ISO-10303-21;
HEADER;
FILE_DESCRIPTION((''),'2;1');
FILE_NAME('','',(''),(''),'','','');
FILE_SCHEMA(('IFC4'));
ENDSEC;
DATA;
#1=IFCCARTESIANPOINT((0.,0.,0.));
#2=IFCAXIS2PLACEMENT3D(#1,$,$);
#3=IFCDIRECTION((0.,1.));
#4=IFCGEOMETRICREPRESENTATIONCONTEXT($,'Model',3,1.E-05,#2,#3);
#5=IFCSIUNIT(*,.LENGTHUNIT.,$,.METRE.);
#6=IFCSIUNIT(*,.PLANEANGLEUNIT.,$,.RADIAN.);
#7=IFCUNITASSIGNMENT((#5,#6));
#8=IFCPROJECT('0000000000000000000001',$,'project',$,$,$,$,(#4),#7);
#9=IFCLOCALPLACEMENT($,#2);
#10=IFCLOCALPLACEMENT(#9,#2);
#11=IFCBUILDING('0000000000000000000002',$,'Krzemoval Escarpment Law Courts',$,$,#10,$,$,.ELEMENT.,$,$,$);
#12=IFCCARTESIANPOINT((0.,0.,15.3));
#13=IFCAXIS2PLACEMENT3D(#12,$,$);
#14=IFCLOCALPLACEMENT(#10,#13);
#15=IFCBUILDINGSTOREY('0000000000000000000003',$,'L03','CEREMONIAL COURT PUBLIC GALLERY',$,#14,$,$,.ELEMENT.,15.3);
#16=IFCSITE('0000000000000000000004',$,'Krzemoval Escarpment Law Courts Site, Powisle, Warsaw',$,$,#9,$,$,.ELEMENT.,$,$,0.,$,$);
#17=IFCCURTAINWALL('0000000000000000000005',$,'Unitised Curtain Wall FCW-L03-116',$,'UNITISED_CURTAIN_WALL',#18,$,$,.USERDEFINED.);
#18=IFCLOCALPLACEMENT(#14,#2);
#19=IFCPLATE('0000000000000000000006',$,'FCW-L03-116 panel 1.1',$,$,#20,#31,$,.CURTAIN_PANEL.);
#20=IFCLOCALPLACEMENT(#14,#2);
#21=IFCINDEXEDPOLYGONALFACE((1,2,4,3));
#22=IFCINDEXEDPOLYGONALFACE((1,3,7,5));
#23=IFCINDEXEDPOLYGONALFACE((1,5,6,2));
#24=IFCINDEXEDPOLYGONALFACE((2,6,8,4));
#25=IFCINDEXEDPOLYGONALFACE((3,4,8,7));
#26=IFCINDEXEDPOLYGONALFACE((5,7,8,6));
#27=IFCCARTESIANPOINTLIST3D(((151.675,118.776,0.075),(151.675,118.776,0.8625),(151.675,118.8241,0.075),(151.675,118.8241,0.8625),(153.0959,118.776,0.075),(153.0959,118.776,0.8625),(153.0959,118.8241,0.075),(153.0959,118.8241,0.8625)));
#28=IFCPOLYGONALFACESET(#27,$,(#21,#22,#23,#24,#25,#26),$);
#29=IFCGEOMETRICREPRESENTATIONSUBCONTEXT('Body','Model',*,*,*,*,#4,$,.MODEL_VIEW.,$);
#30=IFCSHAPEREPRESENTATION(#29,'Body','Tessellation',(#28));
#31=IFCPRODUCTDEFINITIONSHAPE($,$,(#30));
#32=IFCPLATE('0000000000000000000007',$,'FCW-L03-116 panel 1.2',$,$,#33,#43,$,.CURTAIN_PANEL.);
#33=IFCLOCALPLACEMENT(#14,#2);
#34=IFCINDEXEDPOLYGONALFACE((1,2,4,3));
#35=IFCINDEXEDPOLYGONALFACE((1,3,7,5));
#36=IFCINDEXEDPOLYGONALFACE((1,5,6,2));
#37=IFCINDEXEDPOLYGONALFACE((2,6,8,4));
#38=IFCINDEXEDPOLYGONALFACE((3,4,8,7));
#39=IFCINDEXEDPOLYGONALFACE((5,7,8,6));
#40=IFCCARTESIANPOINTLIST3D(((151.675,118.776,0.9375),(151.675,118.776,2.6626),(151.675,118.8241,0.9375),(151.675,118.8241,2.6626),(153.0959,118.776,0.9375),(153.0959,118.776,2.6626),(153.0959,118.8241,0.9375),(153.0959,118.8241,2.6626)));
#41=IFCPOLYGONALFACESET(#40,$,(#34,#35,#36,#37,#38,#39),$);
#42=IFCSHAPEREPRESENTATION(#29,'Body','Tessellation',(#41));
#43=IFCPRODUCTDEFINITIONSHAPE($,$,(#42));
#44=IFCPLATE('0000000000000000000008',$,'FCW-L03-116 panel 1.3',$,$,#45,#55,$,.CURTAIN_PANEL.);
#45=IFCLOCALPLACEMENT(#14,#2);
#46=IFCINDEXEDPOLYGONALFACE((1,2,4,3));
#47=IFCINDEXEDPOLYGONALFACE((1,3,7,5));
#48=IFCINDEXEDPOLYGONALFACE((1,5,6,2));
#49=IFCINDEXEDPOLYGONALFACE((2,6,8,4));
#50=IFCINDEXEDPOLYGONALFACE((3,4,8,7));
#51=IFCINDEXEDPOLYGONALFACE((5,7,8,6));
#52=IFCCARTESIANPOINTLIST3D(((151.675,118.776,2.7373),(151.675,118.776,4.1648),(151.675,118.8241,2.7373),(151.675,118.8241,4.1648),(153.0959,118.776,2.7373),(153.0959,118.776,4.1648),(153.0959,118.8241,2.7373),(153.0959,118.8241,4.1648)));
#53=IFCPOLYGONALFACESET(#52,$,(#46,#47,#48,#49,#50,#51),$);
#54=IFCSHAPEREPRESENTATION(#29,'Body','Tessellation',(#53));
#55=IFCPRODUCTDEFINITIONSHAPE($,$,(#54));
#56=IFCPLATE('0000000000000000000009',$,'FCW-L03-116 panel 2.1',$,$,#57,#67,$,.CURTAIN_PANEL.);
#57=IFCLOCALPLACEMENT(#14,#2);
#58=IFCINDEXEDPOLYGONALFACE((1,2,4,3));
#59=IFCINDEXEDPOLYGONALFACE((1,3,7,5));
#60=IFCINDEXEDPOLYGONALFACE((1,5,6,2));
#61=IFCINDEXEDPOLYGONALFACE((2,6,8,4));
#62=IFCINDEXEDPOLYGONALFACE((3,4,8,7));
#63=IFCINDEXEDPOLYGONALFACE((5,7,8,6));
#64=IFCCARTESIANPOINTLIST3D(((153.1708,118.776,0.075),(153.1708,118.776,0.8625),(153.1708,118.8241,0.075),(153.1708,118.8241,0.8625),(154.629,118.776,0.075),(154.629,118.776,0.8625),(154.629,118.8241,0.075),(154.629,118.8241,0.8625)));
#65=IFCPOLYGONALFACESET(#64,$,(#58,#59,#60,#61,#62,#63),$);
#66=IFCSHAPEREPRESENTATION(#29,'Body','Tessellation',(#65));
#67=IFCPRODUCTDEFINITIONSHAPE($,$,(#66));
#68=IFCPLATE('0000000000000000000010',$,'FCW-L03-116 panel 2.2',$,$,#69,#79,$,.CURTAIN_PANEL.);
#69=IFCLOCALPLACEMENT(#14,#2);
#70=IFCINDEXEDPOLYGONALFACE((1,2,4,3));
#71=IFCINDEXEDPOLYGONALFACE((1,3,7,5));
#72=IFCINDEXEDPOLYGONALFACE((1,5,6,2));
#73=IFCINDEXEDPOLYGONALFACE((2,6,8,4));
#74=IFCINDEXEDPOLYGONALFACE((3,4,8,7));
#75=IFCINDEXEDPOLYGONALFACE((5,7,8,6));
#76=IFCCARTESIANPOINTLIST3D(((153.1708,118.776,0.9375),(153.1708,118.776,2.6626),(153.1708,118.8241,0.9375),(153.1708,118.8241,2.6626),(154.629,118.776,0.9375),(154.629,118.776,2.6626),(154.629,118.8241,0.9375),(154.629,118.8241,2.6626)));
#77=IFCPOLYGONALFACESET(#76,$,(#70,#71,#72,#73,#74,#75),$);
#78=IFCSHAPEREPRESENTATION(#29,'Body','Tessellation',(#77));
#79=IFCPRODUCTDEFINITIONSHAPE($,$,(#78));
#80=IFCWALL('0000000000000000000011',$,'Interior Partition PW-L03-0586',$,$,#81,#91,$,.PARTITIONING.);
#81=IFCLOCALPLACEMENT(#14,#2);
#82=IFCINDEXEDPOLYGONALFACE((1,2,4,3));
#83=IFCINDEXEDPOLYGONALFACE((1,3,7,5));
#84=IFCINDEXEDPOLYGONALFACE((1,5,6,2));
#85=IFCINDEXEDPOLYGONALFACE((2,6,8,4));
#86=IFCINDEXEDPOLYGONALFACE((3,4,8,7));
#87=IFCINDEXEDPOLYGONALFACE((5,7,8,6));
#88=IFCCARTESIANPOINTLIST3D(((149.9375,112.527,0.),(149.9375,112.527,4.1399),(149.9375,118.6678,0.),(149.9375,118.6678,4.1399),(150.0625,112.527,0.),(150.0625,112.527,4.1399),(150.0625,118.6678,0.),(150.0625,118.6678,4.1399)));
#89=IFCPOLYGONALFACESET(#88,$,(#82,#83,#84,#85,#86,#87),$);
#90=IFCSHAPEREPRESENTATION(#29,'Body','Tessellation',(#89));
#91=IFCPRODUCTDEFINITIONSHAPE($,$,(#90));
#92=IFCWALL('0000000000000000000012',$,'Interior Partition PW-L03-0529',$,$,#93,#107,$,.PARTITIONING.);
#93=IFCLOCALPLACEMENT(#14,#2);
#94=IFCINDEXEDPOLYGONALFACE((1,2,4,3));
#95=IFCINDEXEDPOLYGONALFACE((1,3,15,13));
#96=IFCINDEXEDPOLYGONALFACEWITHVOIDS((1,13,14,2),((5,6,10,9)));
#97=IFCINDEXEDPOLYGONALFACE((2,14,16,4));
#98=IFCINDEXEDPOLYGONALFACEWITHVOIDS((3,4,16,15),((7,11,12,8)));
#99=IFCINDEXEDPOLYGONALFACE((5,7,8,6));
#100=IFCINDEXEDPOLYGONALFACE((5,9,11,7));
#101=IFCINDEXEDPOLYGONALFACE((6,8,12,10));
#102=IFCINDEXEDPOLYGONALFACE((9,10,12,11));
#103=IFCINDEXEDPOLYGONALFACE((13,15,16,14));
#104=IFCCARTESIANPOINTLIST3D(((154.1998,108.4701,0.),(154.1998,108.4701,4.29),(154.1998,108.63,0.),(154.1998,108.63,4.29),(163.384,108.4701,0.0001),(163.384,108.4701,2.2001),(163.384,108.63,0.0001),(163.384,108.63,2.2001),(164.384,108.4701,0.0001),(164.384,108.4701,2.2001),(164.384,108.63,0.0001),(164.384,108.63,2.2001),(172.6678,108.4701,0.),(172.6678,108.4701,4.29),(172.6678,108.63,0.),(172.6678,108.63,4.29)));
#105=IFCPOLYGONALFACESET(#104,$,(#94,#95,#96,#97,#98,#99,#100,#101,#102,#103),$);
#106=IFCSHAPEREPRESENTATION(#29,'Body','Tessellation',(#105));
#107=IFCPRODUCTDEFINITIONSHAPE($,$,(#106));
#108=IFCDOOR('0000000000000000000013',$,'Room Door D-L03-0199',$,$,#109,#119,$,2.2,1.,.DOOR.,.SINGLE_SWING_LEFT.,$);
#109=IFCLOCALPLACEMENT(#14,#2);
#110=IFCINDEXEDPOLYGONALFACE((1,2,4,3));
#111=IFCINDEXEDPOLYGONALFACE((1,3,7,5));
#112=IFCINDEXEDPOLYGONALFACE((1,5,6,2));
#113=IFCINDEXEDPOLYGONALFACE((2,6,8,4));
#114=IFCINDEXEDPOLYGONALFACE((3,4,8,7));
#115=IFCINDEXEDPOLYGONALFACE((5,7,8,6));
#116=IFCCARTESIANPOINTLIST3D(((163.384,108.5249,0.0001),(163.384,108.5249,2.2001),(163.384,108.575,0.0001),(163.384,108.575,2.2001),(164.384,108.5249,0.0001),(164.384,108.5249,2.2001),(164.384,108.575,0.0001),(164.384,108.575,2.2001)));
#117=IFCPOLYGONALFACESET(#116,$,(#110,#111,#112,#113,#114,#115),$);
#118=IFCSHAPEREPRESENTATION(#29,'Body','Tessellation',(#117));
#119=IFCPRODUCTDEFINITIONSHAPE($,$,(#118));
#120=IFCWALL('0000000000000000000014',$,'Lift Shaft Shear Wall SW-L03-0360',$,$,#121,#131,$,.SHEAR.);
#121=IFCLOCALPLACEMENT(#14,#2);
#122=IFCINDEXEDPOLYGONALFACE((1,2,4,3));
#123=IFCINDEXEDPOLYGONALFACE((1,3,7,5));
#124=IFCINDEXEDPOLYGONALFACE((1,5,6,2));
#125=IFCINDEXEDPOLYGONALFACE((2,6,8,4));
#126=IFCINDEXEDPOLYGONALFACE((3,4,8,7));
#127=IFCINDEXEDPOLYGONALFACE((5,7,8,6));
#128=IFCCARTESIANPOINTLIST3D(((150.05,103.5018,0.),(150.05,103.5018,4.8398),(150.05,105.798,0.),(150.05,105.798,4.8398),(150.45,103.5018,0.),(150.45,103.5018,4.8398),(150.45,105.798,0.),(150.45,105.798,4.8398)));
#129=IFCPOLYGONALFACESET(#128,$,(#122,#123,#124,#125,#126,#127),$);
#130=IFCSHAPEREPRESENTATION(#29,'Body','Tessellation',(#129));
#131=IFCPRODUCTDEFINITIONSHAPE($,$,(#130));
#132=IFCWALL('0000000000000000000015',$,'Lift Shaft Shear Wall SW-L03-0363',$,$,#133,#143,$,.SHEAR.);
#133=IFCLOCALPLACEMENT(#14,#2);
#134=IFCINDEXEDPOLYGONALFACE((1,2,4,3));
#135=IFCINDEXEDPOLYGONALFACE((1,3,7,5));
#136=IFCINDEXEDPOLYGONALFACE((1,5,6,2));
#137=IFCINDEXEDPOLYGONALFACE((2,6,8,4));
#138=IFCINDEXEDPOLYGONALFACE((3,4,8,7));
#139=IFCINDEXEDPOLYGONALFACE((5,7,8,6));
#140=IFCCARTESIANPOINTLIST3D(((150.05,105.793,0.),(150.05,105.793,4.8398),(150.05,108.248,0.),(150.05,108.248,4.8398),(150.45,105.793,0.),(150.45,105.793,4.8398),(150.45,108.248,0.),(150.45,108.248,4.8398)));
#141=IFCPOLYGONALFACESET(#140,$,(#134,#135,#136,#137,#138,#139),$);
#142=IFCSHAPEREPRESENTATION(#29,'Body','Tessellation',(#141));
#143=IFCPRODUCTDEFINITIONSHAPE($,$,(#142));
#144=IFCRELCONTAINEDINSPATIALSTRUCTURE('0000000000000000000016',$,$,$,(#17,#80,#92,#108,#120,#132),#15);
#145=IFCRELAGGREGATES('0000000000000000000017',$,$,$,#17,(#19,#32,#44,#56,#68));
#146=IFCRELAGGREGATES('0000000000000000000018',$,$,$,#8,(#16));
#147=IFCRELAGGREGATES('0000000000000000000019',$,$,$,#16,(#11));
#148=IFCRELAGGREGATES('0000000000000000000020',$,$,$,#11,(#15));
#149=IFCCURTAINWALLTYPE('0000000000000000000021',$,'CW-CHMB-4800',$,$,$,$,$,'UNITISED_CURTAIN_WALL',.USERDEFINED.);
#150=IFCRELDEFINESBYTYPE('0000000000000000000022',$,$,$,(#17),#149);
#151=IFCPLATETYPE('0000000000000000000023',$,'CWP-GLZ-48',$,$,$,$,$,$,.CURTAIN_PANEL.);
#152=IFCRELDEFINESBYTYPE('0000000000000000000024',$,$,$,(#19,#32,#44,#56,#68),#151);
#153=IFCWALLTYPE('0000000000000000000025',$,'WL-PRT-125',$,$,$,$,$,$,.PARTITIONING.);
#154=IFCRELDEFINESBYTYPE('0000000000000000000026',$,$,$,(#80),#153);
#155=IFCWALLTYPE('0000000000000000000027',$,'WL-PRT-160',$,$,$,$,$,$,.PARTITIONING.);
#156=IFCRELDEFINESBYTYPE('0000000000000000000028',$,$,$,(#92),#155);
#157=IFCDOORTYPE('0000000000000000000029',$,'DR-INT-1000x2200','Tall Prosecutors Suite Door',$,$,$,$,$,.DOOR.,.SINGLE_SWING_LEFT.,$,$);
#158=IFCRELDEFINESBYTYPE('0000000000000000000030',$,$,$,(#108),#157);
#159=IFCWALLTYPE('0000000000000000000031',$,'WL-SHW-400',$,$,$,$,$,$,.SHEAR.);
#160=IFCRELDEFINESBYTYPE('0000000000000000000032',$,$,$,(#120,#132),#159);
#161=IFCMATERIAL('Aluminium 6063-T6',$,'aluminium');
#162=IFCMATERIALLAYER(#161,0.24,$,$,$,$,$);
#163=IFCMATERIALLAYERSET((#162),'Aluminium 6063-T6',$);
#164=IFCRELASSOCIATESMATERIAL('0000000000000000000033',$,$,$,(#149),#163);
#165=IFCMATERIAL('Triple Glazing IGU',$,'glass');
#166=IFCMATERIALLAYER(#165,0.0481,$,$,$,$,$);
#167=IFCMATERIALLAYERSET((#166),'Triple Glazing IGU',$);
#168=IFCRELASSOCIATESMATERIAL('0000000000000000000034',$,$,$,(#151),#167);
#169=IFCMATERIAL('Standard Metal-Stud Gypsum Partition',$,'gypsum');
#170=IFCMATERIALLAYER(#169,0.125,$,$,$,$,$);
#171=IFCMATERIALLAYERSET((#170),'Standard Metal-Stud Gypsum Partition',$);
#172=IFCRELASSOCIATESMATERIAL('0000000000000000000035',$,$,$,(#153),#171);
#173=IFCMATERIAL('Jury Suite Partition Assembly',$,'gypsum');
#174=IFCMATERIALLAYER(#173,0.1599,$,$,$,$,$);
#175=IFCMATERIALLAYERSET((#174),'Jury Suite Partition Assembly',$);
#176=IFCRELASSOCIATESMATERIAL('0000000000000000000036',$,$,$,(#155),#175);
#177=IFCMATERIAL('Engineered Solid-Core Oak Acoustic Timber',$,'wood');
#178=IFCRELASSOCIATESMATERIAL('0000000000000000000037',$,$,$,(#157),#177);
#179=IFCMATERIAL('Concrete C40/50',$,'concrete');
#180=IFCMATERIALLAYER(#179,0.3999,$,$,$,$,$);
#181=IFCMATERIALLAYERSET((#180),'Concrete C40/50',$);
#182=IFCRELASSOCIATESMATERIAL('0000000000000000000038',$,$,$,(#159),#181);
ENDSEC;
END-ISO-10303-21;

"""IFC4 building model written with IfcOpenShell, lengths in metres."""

from ifc_helpers import new_model, si_unit, direction, frame, frame_2d, origin, origin_2d, place, context, subcontext, project, spatial, rectangle, extrude, material, layer, layer_set, type_object, element, fill, aggregate, save


model = new_model("IFC4")

# Units and contexts
model_context = context("Model", 3, precision=1e-05, world=origin(), true_north=direction((0.0, 1.0)))
body_context = subcontext(model_context, "Body", "Model", "MODEL_VIEW")
ifc_project = project(units=[si_unit("LENGTHUNIT", "METRE"), si_unit("PLANEANGLEUNIT", "RADIAN")], contexts=[model_context])

# Site, building, storey
site_placement = place(None, origin())
site = spatial("IfcSite", under=ifc_project, at=site_placement, Name="Krzemoval Escarpment Law Courts Site, Powisle, Warsaw", CompositionType="ELEMENT", RefElevation=0.0)
building_placement = place(site_placement, origin())
building = spatial("IfcBuilding", under=site, at=building_placement, Name="Krzemoval Escarpment Law Courts", CompositionType="ELEMENT")
storey_placement = place(building_placement, frame((0.0, 0.0, 15.3)))
storey = spatial("IfcBuildingStorey", under=building, at=storey_placement, Name="L03", Description="CEREMONIAL COURT PUBLIC GALLERY", CompositionType="ELEMENT", Elevation=15.3)

# Curtain wall, plates
ifc_material_1 = material(Name="Aluminium 6063-T6", Category="aluminium")
ifc_layer_1 = layer(ifc_material_1, 0.24)
ifc_layer_set_1 = layer_set([ifc_layer_1], Name="Aluminium 6063-T6")
curtain_wall_type = type_object("IfcCurtainWallType", Name="CW-CHMB-4800", ElementType="UNITISED_CURTAIN_WALL", PredefinedType="USERDEFINED", material=ifc_layer_set_1)
curtain_wall_placement = place(storey_placement, origin())
curtain_wall = element("IfcCurtainWall", 1, at=curtain_wall_placement, inside=storey, type_object=curtain_wall_type, Name="Unitised Curtain Wall FCW-L03-116", ObjectType="UNITISED_CURTAIN_WALL", PredefinedType="USERDEFINED")
ifc_material_2 = material(Name="Triple Glazing IGU", Category="glass")
ifc_layer_2 = layer(ifc_material_2, 0.0481)
ifc_layer_set_2 = layer_set([ifc_layer_2], Name="Triple Glazing IGU")
plate_type = type_object("IfcPlateType", Name="CWP-GLZ-48", PredefinedType="CURTAIN_PANEL", material=ifc_layer_set_2)
plate_1_placement = place(storey_placement, frame((152.3855, 118.8, 0.075), z_axis=(0.0, 0.0, 1.0), x_axis=(1.0, 0.0, 0.0)))
plate_1 = element("IfcPlate", 2, at=plate_1_placement, type_object=plate_type, Name="FCW-L03-116 panel 1.1", PredefinedType="CURTAIN_PANEL", context=body_context, shape_type="SweptSolid", body=[
    extrude(rectangle(XDim=1.4209, YDim=0.0481, at=origin_2d()), origin(), (0.0, 0.0, 1.0), 0.7876),
])
plate_2_placement = place(storey_placement, frame((152.3855, 118.8, 0.9375), z_axis=(0.0, 0.0, 1.0), x_axis=(1.0, 0.0, 0.0)))
plate_2 = element("IfcPlate", 3, at=plate_2_placement, type_object=plate_type, Name="FCW-L03-116 panel 1.2", PredefinedType="CURTAIN_PANEL", context=body_context, shape_type="SweptSolid", body=[
    extrude(rectangle(XDim=1.4209, YDim=0.0481, at=origin_2d()), origin(), (0.0, 0.0, 1.0), 1.7251),
])
plate_3_placement = place(storey_placement, frame((152.3855, 118.8, 2.7373), z_axis=(0.0, 0.0, 1.0), x_axis=(1.0, 0.0, 0.0)))
plate_3 = element("IfcPlate", 4, at=plate_3_placement, type_object=plate_type, Name="FCW-L03-116 panel 1.3", PredefinedType="CURTAIN_PANEL", context=body_context, shape_type="SweptSolid", body=[
    extrude(rectangle(XDim=1.4209, YDim=0.0481, at=origin_2d()), origin(), (0.0, 0.0, 1.0), 1.4275),
])
plate_4_placement = place(storey_placement, frame((153.8999, 118.8, 0.075), z_axis=(0.0, 0.0, 1.0), x_axis=(1.0, 0.0, 0.0)))
plate_4 = element("IfcPlate", 5, at=plate_4_placement, type_object=plate_type, Name="FCW-L03-116 panel 2.1", PredefinedType="CURTAIN_PANEL", context=body_context, shape_type="SweptSolid", body=[
    extrude(rectangle(XDim=1.4583, YDim=0.0481, at=origin_2d()), origin(), (0.0, 0.0, 1.0), 0.7876),
])
plate_5_placement = place(storey_placement, frame((153.8999, 118.8, 0.9375), z_axis=(0.0, 0.0, 1.0), x_axis=(1.0, 0.0, 0.0)))
plate_5 = element("IfcPlate", 6, at=plate_5_placement, type_object=plate_type, Name="FCW-L03-116 panel 2.2", PredefinedType="CURTAIN_PANEL", context=body_context, shape_type="SweptSolid", body=[
    extrude(rectangle(XDim=1.4583, YDim=0.0481, at=origin_2d()), origin(), (0.0, 0.0, 1.0), 1.7251),
])
aggregate(curtain_wall, [plate_1, plate_2, plate_3, plate_4, plate_5])

# Wall
ifc_material_3 = material(Name="Standard Metal-Stud Gypsum Partition", Category="gypsum")
ifc_layer_3 = layer(ifc_material_3, 0.125)
ifc_layer_set_3 = layer_set([ifc_layer_3], Name="Standard Metal-Stud Gypsum Partition")
wall_type_1 = type_object("IfcWallType", Name="WL-PRT-125", PredefinedType="PARTITIONING", material=ifc_layer_set_3)
wall_1_placement = place(storey_placement, frame((150.0, 112.5271, 0.0), z_axis=(0.0, 0.0, 1.0), x_axis=(0.0, 1.0, 0.0)))
element("IfcWall", 7, at=wall_1_placement, inside=storey, type_object=wall_type_1, Name="Interior Partition PW-L03-0586", PredefinedType="PARTITIONING", context=body_context, shape_type="SweptSolid", body=[
    extrude(rectangle(XDim=6.1409, YDim=0.125, at=frame_2d((3.0703, 0.0))), origin(), (0.0, 0.0, 1.0), 4.1399),
])

# Wall, opening, door
ifc_material_4 = material(Name="Jury Suite Partition Assembly", Category="gypsum")
ifc_layer_4 = layer(ifc_material_4, 0.1599)
ifc_layer_set_4 = layer_set([ifc_layer_4], Name="Jury Suite Partition Assembly")
wall_type_2 = type_object("IfcWallType", Name="WL-PRT-160", PredefinedType="PARTITIONING", material=ifc_layer_set_4)
wall_2_placement = place(storey_placement, frame((154.2, 108.55, 0.0), z_axis=(0.0, 0.0, 1.0), x_axis=(1.0, 0.0, 0.0)))
wall_2 = element("IfcWall", 8, at=wall_2_placement, inside=storey, type_object=wall_type_2, Name="Interior Partition PW-L03-0529", PredefinedType="PARTITIONING", context=body_context, shape_type="SweptSolid", body=[
    extrude(rectangle(XDim=18.468, YDim=0.1599, at=frame_2d((9.2339, 0.0))), origin(), (0.0, 0.0, 1.0), 4.29),
])
opening_placement = place(wall_2_placement, frame((9.1841, 0.0, 0.0)))
opening = element("IfcOpeningElement", 9, at=opening_placement, cuts=wall_2, PredefinedType="OPENING", context=body_context, shape_type="SweptSolid", body=[
    extrude(rectangle(XDim=1.0, YDim=2.2, at=frame_2d((0.5, 1.1001))), frame((0.0, 0.095, 0.0), z_axis=(0.0, -1.0, 0.0), x_axis=(1.0, 0.0, 0.0)), (0.0, 0.0, 1.0), 0.1899),
])
ifc_material_5 = material(Name="Engineered Solid-Core Oak Acoustic Timber", Category="wood")
door_type = type_object("IfcDoorType", Name="DR-INT-1000x2200", Description="Tall Prosecutors Suite Door", OperationType="SINGLE_SWING_LEFT", PredefinedType="DOOR", material=ifc_material_5)
door_placement = place(opening_placement, origin())
door = element("IfcDoor", 10, at=door_placement, inside=storey, type_object=door_type, Name="Room Door D-L03-0199", OperationType="SINGLE_SWING_LEFT", OverallHeight=2.2, OverallWidth=1.0, PredefinedType="DOOR", context=body_context, shape_type="SweptSolid", body=[
    extrude(rectangle(XDim=1.0, YDim=2.2, at=frame_2d((0.5, 1.1001))), frame((0.0, 0.0249, 0.0), z_axis=(0.0, -1.0, 0.0), x_axis=(1.0, 0.0, 0.0)), (0.0, 0.0, 1.0), 0.05),
])
fill(opening, door)

# Walls
ifc_material_6 = material(Name="Concrete C40/50", Category="concrete")
ifc_layer_5 = layer(ifc_material_6, 0.3999)
ifc_layer_set_5 = layer_set([ifc_layer_5], Name="Concrete C40/50")
wall_type_3 = type_object("IfcWallType", Name="WL-SHW-400", PredefinedType="SHEAR", material=ifc_layer_set_5)
wall_3_placement = place(storey_placement, frame((150.25, 103.502, 0.0), z_axis=(0.0, 0.0, 1.0), x_axis=(0.0, 1.0, 0.0)))
element("IfcWall", 11, at=wall_3_placement, inside=storey, type_object=wall_type_3, Name="Lift Shaft Shear Wall SW-L03-0360", PredefinedType="SHEAR", context=body_context, shape_type="SweptSolid", body=[
    extrude(rectangle(XDim=2.2961, YDim=0.3999, at=frame_2d((1.1479, 0.0))), origin(), (0.0, 0.0, 1.0), 4.8398),
])
wall_4_placement = place(storey_placement, frame((150.25, 105.793, 0.0), z_axis=(0.0, 0.0, 1.0), x_axis=(0.0, 1.0, 0.0)))
element("IfcWall", 12, at=wall_4_placement, inside=storey, type_object=wall_type_3, Name="Lift Shaft Shear Wall SW-L03-0363", PredefinedType="SHEAR", context=body_context, shape_type="SweptSolid", body=[
    extrude(rectangle(XDim=2.4551, YDim=0.3999, at=frame_2d((1.2275, 0.0))), origin(), (0.0, 0.0, 1.0), 4.8398),
])

save(model, "model.ifc")
